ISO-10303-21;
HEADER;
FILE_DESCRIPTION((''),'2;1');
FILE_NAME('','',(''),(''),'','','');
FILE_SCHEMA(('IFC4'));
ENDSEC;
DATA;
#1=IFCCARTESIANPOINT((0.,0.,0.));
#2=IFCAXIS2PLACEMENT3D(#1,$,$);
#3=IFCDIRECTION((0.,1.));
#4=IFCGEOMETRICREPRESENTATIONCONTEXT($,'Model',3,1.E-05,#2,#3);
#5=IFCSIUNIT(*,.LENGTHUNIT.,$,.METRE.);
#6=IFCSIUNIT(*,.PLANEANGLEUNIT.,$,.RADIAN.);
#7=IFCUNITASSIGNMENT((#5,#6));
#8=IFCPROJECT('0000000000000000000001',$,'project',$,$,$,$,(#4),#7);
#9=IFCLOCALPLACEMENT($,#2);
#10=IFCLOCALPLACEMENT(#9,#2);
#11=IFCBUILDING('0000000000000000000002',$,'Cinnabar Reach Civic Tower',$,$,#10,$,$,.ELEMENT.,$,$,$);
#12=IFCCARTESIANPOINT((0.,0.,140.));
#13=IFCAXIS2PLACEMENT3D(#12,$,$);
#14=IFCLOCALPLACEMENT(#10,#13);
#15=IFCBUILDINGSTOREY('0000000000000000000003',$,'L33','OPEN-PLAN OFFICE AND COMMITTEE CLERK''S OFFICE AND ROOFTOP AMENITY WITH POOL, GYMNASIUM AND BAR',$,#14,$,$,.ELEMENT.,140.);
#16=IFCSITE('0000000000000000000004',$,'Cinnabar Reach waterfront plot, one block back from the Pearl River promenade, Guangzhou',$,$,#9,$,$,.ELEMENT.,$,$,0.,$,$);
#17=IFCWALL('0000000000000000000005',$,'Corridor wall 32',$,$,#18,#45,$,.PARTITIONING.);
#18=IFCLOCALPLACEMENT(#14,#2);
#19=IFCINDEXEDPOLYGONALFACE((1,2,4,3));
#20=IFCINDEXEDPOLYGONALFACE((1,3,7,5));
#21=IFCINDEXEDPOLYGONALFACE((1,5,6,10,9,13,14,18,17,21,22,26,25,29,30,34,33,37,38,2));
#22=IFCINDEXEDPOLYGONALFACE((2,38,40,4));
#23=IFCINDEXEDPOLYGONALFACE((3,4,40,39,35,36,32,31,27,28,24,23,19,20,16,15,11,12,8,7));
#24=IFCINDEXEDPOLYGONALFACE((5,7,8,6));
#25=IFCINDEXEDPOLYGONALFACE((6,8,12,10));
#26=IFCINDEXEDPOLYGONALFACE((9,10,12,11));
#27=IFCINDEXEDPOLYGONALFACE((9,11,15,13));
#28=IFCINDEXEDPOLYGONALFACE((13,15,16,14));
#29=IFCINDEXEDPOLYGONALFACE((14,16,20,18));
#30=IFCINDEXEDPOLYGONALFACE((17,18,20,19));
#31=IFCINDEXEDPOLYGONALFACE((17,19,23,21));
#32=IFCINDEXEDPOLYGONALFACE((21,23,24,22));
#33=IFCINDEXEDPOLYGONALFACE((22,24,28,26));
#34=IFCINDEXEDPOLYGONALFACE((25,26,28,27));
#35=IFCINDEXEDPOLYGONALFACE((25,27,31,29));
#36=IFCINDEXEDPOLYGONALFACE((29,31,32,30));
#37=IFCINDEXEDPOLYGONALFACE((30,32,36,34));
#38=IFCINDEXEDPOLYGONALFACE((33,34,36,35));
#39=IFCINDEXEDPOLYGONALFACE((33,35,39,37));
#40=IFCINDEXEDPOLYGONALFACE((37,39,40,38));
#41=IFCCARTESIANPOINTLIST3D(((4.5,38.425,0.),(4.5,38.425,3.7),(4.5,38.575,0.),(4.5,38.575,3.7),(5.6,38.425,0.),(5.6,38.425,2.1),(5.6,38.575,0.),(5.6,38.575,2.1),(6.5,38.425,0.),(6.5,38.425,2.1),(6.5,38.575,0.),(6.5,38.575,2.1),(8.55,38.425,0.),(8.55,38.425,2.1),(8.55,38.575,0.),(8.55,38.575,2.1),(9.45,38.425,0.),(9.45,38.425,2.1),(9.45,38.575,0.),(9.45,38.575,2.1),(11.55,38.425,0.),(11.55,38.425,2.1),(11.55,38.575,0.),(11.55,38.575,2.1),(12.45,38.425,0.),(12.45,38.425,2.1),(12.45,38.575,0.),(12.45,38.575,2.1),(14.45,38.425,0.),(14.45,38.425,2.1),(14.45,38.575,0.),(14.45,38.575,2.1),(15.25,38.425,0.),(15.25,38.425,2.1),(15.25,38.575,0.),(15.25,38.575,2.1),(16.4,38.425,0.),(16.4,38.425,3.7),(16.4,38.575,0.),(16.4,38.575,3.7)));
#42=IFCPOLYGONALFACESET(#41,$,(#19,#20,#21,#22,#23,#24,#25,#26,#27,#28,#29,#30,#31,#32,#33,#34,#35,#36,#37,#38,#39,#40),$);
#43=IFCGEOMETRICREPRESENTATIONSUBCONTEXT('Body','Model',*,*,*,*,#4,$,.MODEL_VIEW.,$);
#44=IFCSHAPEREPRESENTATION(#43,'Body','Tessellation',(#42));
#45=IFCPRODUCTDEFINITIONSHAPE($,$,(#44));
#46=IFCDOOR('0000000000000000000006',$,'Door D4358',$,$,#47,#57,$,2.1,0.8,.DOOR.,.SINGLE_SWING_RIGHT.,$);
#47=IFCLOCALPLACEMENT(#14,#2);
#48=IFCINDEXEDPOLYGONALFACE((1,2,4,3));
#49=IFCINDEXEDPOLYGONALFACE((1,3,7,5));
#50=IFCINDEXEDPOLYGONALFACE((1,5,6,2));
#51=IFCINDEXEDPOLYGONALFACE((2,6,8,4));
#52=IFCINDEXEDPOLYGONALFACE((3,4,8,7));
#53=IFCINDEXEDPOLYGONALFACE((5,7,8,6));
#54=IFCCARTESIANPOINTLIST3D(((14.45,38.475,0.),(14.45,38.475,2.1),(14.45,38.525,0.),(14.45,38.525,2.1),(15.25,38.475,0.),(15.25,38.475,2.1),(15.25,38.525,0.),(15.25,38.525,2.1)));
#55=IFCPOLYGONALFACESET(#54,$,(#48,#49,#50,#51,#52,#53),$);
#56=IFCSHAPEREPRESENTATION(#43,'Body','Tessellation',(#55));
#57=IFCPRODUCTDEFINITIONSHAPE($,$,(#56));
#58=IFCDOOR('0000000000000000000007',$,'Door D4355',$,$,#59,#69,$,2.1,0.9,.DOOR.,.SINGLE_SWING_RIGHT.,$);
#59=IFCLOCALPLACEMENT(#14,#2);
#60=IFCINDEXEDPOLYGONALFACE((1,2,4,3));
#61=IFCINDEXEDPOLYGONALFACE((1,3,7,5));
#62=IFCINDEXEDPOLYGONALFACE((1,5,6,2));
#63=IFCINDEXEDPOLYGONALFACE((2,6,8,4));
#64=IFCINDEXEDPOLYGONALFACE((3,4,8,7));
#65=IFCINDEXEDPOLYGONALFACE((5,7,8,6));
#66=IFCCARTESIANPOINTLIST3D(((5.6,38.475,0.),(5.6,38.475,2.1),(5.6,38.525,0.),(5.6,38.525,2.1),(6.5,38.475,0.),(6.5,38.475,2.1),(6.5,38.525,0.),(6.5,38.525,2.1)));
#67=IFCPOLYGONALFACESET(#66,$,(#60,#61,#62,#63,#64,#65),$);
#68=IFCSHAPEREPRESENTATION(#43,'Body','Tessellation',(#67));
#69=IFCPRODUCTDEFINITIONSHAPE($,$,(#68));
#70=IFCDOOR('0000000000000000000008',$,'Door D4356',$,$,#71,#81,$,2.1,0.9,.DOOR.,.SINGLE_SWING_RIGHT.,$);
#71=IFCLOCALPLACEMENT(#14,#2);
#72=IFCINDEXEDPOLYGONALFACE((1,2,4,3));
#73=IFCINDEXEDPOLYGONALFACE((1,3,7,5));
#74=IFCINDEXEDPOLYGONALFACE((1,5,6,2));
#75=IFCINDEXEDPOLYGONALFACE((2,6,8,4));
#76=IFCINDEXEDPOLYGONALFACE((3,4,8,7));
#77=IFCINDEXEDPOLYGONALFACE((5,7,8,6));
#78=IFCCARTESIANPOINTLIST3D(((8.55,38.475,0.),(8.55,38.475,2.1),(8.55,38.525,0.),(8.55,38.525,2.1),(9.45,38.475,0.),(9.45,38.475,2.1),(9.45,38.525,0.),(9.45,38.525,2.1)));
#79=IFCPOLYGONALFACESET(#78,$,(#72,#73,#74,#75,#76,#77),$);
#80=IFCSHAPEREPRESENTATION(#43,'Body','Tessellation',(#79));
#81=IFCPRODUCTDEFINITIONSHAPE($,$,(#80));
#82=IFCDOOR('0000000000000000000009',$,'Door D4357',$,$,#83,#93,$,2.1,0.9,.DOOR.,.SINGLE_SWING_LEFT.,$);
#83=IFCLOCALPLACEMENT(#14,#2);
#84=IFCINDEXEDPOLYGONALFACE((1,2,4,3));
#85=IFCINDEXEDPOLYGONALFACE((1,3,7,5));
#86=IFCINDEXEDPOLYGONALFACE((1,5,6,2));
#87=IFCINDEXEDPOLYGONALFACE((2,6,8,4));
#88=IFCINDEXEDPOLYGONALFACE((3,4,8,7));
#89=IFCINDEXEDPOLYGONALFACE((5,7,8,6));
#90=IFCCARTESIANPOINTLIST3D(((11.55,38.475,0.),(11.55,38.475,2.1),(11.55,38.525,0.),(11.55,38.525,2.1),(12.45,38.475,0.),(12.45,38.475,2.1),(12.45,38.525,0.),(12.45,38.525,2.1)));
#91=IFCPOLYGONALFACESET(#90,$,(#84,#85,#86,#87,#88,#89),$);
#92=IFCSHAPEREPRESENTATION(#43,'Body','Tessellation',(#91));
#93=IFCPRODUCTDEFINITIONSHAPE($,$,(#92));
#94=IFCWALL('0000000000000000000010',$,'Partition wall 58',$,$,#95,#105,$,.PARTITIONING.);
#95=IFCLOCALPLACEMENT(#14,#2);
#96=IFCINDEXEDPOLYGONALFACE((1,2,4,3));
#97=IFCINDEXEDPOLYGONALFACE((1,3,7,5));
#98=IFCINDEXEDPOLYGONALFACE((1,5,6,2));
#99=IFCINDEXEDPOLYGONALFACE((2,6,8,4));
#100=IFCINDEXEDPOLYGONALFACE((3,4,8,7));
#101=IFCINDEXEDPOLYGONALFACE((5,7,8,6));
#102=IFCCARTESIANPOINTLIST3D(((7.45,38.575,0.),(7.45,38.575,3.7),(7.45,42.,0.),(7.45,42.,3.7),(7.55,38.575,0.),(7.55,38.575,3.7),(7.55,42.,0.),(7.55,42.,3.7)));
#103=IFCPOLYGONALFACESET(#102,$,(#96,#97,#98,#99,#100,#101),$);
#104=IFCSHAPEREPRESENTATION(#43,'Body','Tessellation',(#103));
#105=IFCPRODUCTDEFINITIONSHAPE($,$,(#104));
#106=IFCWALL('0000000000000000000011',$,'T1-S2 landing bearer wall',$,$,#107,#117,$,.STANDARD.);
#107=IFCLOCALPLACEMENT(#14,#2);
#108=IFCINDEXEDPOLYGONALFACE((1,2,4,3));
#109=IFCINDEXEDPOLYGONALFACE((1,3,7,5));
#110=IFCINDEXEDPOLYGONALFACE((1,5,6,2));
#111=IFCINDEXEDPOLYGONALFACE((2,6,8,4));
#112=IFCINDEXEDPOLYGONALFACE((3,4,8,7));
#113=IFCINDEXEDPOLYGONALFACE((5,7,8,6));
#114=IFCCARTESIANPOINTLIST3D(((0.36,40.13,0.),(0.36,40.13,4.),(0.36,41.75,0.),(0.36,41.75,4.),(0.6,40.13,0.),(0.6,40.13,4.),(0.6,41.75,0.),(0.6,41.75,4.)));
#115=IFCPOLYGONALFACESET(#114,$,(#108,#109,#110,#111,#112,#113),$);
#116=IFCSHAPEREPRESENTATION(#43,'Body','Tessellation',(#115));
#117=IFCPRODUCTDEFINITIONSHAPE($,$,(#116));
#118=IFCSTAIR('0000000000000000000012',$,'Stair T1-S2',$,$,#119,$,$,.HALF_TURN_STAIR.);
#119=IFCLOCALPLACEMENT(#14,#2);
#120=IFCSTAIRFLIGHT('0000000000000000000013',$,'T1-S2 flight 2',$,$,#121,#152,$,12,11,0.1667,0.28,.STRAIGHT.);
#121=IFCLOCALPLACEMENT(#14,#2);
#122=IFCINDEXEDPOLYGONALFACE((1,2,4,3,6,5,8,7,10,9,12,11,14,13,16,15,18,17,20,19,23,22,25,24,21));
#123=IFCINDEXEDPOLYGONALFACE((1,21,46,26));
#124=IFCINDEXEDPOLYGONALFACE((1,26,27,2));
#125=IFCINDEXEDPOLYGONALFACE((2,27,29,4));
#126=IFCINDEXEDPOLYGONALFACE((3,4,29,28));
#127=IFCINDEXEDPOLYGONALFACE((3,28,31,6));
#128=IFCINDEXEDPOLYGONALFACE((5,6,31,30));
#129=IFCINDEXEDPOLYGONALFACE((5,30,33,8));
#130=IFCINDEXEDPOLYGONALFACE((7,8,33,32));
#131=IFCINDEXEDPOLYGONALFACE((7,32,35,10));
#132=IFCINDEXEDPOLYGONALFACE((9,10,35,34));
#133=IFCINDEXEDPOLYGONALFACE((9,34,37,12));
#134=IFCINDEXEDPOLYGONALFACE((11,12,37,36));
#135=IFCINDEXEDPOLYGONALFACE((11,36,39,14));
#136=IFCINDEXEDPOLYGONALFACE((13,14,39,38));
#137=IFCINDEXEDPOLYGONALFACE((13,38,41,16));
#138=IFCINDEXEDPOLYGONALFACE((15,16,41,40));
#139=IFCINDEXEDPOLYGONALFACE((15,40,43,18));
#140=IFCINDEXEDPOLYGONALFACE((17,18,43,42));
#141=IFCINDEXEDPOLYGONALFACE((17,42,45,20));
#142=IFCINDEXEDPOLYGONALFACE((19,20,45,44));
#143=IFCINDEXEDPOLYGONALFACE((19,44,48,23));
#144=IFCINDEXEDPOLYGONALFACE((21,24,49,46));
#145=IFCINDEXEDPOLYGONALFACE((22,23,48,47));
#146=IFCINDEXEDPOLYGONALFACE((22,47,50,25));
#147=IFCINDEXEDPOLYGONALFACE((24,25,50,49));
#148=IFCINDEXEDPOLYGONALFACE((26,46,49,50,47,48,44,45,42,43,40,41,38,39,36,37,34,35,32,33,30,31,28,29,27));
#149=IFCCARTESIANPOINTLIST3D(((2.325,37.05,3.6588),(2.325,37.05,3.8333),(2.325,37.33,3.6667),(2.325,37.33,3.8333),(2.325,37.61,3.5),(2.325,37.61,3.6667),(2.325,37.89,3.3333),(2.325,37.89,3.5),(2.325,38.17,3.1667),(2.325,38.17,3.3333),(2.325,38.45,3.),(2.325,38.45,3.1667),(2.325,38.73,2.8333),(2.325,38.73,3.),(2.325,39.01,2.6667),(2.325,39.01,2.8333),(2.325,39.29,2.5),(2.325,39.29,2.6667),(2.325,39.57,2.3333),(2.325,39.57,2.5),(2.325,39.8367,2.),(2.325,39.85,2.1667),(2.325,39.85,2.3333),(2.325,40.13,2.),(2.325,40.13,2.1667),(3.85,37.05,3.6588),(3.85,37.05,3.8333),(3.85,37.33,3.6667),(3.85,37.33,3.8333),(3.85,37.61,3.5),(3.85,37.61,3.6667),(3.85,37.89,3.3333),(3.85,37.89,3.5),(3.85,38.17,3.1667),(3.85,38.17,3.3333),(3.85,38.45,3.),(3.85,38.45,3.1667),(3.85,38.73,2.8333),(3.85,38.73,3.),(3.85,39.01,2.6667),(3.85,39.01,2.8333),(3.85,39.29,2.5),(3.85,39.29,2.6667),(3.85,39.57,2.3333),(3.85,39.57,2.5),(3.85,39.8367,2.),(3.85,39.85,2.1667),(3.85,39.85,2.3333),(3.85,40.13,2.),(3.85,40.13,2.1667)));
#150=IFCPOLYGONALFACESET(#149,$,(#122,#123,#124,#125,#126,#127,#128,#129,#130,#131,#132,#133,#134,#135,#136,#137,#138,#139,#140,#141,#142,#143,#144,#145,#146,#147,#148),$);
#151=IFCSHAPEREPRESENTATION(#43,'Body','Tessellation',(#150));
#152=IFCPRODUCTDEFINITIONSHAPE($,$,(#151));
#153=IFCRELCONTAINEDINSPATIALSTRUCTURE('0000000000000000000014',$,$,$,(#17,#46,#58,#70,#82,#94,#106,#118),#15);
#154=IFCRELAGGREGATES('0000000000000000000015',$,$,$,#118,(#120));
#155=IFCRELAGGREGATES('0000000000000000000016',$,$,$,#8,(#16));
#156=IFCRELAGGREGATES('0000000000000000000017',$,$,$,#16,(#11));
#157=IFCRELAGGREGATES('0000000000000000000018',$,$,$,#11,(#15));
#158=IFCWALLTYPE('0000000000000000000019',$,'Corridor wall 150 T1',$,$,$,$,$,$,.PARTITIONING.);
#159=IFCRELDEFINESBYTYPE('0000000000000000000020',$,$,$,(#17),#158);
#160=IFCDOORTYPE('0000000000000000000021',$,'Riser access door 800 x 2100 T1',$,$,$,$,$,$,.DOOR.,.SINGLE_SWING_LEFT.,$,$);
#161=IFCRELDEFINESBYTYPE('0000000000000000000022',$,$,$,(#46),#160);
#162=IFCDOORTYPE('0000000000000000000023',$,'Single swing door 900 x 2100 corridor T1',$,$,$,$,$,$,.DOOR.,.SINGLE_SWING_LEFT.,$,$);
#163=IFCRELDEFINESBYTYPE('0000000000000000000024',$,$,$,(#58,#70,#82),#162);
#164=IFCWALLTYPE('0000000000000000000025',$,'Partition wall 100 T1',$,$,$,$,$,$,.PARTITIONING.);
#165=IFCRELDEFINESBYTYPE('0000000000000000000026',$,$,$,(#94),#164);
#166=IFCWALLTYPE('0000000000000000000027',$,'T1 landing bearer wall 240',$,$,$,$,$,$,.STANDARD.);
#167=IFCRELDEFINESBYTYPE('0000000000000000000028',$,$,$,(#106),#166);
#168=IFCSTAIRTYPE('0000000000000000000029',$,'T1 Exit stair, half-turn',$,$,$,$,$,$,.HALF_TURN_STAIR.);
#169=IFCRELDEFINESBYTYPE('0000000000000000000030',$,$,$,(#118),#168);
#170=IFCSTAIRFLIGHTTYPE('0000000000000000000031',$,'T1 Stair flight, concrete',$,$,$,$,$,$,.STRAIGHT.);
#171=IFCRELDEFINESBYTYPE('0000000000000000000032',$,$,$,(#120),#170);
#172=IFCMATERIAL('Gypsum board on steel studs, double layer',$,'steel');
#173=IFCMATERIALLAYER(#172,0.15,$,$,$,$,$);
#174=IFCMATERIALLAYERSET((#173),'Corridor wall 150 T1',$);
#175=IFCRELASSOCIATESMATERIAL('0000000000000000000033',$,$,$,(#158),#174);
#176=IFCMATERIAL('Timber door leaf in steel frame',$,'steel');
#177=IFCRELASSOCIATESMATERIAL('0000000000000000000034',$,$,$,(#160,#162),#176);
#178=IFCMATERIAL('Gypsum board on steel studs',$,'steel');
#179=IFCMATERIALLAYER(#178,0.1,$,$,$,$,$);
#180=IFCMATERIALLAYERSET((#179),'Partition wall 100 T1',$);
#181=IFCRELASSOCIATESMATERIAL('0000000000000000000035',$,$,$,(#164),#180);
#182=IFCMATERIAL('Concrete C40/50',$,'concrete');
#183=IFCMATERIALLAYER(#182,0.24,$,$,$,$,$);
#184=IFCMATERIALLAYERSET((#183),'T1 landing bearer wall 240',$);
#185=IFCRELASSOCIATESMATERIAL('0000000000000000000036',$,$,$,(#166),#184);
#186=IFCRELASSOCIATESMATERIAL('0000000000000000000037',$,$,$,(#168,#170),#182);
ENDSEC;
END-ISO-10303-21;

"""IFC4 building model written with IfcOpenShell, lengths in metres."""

from ifc_helpers import new_model, si_unit, direction, frame, frame_2d, origin, place, context, subcontext, project, spatial, polyline, rectangle, outline, extrude, material, layer, layer_set, type_object, element, fill, aggregate, save


model = new_model("IFC4")

# Units and contexts
model_context = context("Model", 3, precision=1e-05, world=origin(), true_north=direction((0.0, 1.0)))
body_context = subcontext(model_context, "Body", "Model", "MODEL_VIEW")
ifc_project = project(units=[si_unit("LENGTHUNIT", "METRE"), si_unit("PLANEANGLEUNIT", "RADIAN")], contexts=[model_context])

# Site, building, storey
site_placement = place(None, origin())
site = spatial("IfcSite", under=ifc_project, at=site_placement, Name="Cinnabar Reach waterfront plot, one block back from the Pearl River promenade, Guangzhou", CompositionType="ELEMENT", RefElevation=0.0)
building_placement = place(site_placement, origin())
building = spatial("IfcBuilding", under=site, at=building_placement, Name="Cinnabar Reach Civic Tower", CompositionType="ELEMENT")
storey_placement = place(building_placement, frame((0.0, 0.0, 140.0)))
storey = spatial("IfcBuildingStorey", under=building, at=storey_placement, Name="L33", Description="OPEN-PLAN OFFICE AND COMMITTEE CLERK'S OFFICE AND ROOFTOP AMENITY WITH POOL, GYMNASIUM AND BAR", CompositionType="ELEMENT", Elevation=140.0)

# Wall, openings, doors
ifc_material_1 = material(Name="Gypsum board on steel studs, double layer", Category="steel")
ifc_layer_1 = layer(ifc_material_1, 0.15)
ifc_layer_set_1 = layer_set([ifc_layer_1], Name="Corridor wall 150 T1")
wall_type_1 = type_object("IfcWallType", Name="Corridor wall 150 T1", PredefinedType="PARTITIONING", material=ifc_layer_set_1)
wall_1_placement = place(storey_placement, frame((4.5, 38.5, 0.0), z_axis=(0.0, 0.0, 1.0), x_axis=(1.0, 0.0, 0.0)))
wall_1 = element("IfcWall", 1, at=wall_1_placement, inside=storey, type_object=wall_type_1, Name="Corridor wall 32", PredefinedType="PARTITIONING", context=body_context, shape_type="SweptSolid", body=[
    extrude(rectangle(XDim=11.9, YDim=0.15, at=frame_2d((5.95, 0.0))), origin(), (0.0, 0.0, 1.0), 3.7),
])
opening_1_placement = place(wall_1_placement, frame((1.1, 0.0, 0.0)))
opening_1 = element("IfcOpeningElement", 2, at=opening_1_placement, cuts=wall_1, PredefinedType="OPENING", context=body_context, shape_type="SweptSolid", body=[
    extrude(rectangle(XDim=0.9, YDim=2.1, at=frame_2d((0.45, 1.05))), frame((0.0, 0.085, 0.0), z_axis=(0.0, -1.0, 0.0), x_axis=(1.0, 0.0, 0.0)), (0.0, 0.0, 1.0), 0.17),
])
opening_2_placement = place(wall_1_placement, frame((4.05, 0.0, 0.0)))
opening_2 = element("IfcOpeningElement", 3, at=opening_2_placement, cuts=wall_1, PredefinedType="OPENING", context=body_context, shape_type="SweptSolid", body=[
    extrude(rectangle(XDim=0.9, YDim=2.1, at=frame_2d((0.45, 1.05))), frame((0.0, 0.085, 0.0), z_axis=(0.0, -1.0, 0.0), x_axis=(1.0, 0.0, 0.0)), (0.0, 0.0, 1.0), 0.17),
])
opening_3_placement = place(wall_1_placement, frame((7.05, 0.0, 0.0)))
opening_3 = element("IfcOpeningElement", 4, at=opening_3_placement, cuts=wall_1, PredefinedType="OPENING", context=body_context, shape_type="SweptSolid", body=[
    extrude(rectangle(XDim=0.9, YDim=2.1, at=frame_2d((0.45, 1.05))), frame((0.0, 0.085, 0.0), z_axis=(0.0, -1.0, 0.0), x_axis=(1.0, 0.0, 0.0)), (0.0, 0.0, 1.0), 0.17),
])
opening_4_placement = place(wall_1_placement, frame((9.95, 0.0, 0.0)))
opening_4 = element("IfcOpeningElement", 5, at=opening_4_placement, cuts=wall_1, PredefinedType="OPENING", context=body_context, shape_type="SweptSolid", body=[
    extrude(rectangle(XDim=0.8, YDim=2.1, at=frame_2d((0.4, 1.05))), frame((0.0, 0.085, 0.0), z_axis=(0.0, -1.0, 0.0), x_axis=(1.0, 0.0, 0.0)), (0.0, 0.0, 1.0), 0.17),
])
ifc_material_2 = material(Name="Timber door leaf in steel frame", Category="steel")
door_type_1 = type_object("IfcDoorType", Name="Riser access door 800 x 2100 T1", OperationType="SINGLE_SWING_LEFT", PredefinedType="DOOR", material=ifc_material_2)
door_1_placement = place(opening_4_placement, origin())
door_1 = element("IfcDoor", 6, at=door_1_placement, inside=storey, type_object=door_type_1, Name="Door D4358", OperationType="SINGLE_SWING_RIGHT", OverallHeight=2.1, OverallWidth=0.8, PredefinedType="DOOR", context=body_context, shape_type="SweptSolid", body=[
    extrude(rectangle(XDim=0.8, YDim=2.1, at=frame_2d((0.4, 1.05))), frame((0.0, 0.025, 0.0), z_axis=(0.0, -1.0, 0.0), x_axis=(1.0, 0.0, 0.0)), (0.0, 0.0, 1.0), 0.05),
])
fill(opening_4, door_1)
door_type_2 = type_object("IfcDoorType", Name="Single swing door 900 x 2100 corridor T1", OperationType="SINGLE_SWING_LEFT", PredefinedType="DOOR", material=ifc_material_2)
door_2_placement = place(opening_1_placement, origin())
door_2 = element("IfcDoor", 7, at=door_2_placement, inside=storey, type_object=door_type_2, Name="Door D4355", OperationType="SINGLE_SWING_RIGHT", OverallHeight=2.1, OverallWidth=0.9, PredefinedType="DOOR", context=body_context, shape_type="SweptSolid", body=[
    extrude(rectangle(XDim=0.9, YDim=2.1, at=frame_2d((0.45, 1.05))), frame((0.0, 0.025, 0.0), z_axis=(0.0, -1.0, 0.0), x_axis=(1.0, 0.0, 0.0)), (0.0, 0.0, 1.0), 0.05),
])
fill(opening_1, door_2)
door_3_placement = place(opening_2_placement, origin())
door_3 = element("IfcDoor", 8, at=door_3_placement, inside=storey, type_object=door_type_2, Name="Door D4356", OperationType="SINGLE_SWING_RIGHT", OverallHeight=2.1, OverallWidth=0.9, PredefinedType="DOOR", context=body_context, shape_type="SweptSolid", body=[
    extrude(rectangle(XDim=0.9, YDim=2.1, at=frame_2d((0.45, 1.05))), frame((0.0, 0.025, 0.0), z_axis=(0.0, -1.0, 0.0), x_axis=(1.0, 0.0, 0.0)), (0.0, 0.0, 1.0), 0.05),
])
fill(opening_2, door_3)
door_4_placement = place(opening_3_placement, origin())
door_4 = element("IfcDoor", 9, at=door_4_placement, inside=storey, type_object=door_type_2, Name="Door D4357", OperationType="SINGLE_SWING_LEFT", OverallHeight=2.1, OverallWidth=0.9, PredefinedType="DOOR", context=body_context, shape_type="SweptSolid", body=[
    extrude(rectangle(XDim=0.9, YDim=2.1, at=frame_2d((0.45, 1.05))), frame((0.0, 0.025, 0.0), z_axis=(0.0, -1.0, 0.0), x_axis=(1.0, 0.0, 0.0)), (0.0, 0.0, 1.0), 0.05),
])
fill(opening_3, door_4)

# Walls
ifc_material_3 = material(Name="Gypsum board on steel studs", Category="steel")
ifc_layer_2 = layer(ifc_material_3, 0.1)
ifc_layer_set_2 = layer_set([ifc_layer_2], Name="Partition wall 100 T1")
wall_type_2 = type_object("IfcWallType", Name="Partition wall 100 T1", PredefinedType="PARTITIONING", material=ifc_layer_set_2)
wall_2_placement = place(storey_placement, frame((7.5, 38.575, 0.0), z_axis=(0.0, 0.0, 1.0), x_axis=(0.0, 1.0, 0.0)))
element("IfcWall", 10, at=wall_2_placement, inside=storey, type_object=wall_type_2, Name="Partition wall 58", PredefinedType="PARTITIONING", context=body_context, shape_type="SweptSolid", body=[
    extrude(rectangle(XDim=3.425, YDim=0.1, at=frame_2d((1.7125, 0.0))), origin(), (0.0, 0.0, 1.0), 3.7),
])
ifc_material_4 = material(Name="Concrete C40/50", Category="concrete")
ifc_layer_3 = layer(ifc_material_4, 0.24)
ifc_layer_set_3 = layer_set([ifc_layer_3], Name="T1 landing bearer wall 240")
wall_type_3 = type_object("IfcWallType", Name="T1 landing bearer wall 240", PredefinedType="STANDARD", material=ifc_layer_set_3)
wall_3_placement = place(storey_placement, frame((0.48, 40.13, 0.0), z_axis=(0.0, 0.0, 1.0), x_axis=(0.0, 1.0, 0.0)))
element("IfcWall", 11, at=wall_3_placement, inside=storey, type_object=wall_type_3, Name="T1-S2 landing bearer wall", PredefinedType="STANDARD", context=body_context, shape_type="SweptSolid", body=[
    extrude(rectangle(XDim=1.62, YDim=0.24, at=frame_2d((0.81, 0.0))), origin(), (0.0, 0.0, 1.0), 4.0),
])

# Stair, stair flight
stair_type = type_object("IfcStairType", Name="T1 Exit stair, half-turn", PredefinedType="HALF_TURN_STAIR", material=ifc_material_4)
stair_placement = place(storey_placement, origin())
stair = element("IfcStair", 12, at=stair_placement, inside=storey, type_object=stair_type, Name="Stair T1-S2", PredefinedType="HALF_TURN_STAIR")
stair_flight_type = type_object("IfcStairFlightType", Name="T1 Stair flight, concrete", PredefinedType="STRAIGHT", material=ifc_material_4)
stair_flight_placement = place(storey_placement, frame((3.0875, 40.13, 2.0), z_axis=(0.0, 0.0, 1.0), x_axis=(0.0, -1.0, 0.0)))
stair_flight = element("IfcStairFlight", 13, at=stair_flight_placement, type_object=stair_flight_type, Name="T1-S2 flight 2", NumberOfRisers=12, NumberOfTreads=11, PredefinedType="STRAIGHT", RiserHeight=0.1667, TreadLength=0.28, context=body_context, shape_type="SweptSolid", body=[
    extrude(outline(polyline([(0.0, 0.0), (0.0, 0.1667), (0.28, 0.1667), (0.28, 0.3333), (0.56, 0.3333), (0.56, 0.5), (0.84, 0.5), (0.84, 0.6667), (1.12, 0.6667), (1.12, 0.8333), (1.4, 0.8333), (1.4, 1.0), (1.68, 1.0), (1.68, 1.1667), (1.96, 1.1667), (1.96, 1.3333), (2.24, 1.3333), (2.24, 1.5), (2.52, 1.5), (2.52, 1.6667), (2.8, 1.6667), (2.8, 1.8333), (3.08, 1.8333), (3.08, 2.0), (3.08, 1.6588), (0.2933, 0.0), (0.0, 0.0)])), frame((0.0, 0.7625, 0.0), z_axis=(0.0, -1.0, 0.0), x_axis=(1.0, 0.0, 0.0)), (0.0, 0.0, 1.0), 1.525),
])
aggregate(stair, [stair_flight])

save(model, "model.ifc")
